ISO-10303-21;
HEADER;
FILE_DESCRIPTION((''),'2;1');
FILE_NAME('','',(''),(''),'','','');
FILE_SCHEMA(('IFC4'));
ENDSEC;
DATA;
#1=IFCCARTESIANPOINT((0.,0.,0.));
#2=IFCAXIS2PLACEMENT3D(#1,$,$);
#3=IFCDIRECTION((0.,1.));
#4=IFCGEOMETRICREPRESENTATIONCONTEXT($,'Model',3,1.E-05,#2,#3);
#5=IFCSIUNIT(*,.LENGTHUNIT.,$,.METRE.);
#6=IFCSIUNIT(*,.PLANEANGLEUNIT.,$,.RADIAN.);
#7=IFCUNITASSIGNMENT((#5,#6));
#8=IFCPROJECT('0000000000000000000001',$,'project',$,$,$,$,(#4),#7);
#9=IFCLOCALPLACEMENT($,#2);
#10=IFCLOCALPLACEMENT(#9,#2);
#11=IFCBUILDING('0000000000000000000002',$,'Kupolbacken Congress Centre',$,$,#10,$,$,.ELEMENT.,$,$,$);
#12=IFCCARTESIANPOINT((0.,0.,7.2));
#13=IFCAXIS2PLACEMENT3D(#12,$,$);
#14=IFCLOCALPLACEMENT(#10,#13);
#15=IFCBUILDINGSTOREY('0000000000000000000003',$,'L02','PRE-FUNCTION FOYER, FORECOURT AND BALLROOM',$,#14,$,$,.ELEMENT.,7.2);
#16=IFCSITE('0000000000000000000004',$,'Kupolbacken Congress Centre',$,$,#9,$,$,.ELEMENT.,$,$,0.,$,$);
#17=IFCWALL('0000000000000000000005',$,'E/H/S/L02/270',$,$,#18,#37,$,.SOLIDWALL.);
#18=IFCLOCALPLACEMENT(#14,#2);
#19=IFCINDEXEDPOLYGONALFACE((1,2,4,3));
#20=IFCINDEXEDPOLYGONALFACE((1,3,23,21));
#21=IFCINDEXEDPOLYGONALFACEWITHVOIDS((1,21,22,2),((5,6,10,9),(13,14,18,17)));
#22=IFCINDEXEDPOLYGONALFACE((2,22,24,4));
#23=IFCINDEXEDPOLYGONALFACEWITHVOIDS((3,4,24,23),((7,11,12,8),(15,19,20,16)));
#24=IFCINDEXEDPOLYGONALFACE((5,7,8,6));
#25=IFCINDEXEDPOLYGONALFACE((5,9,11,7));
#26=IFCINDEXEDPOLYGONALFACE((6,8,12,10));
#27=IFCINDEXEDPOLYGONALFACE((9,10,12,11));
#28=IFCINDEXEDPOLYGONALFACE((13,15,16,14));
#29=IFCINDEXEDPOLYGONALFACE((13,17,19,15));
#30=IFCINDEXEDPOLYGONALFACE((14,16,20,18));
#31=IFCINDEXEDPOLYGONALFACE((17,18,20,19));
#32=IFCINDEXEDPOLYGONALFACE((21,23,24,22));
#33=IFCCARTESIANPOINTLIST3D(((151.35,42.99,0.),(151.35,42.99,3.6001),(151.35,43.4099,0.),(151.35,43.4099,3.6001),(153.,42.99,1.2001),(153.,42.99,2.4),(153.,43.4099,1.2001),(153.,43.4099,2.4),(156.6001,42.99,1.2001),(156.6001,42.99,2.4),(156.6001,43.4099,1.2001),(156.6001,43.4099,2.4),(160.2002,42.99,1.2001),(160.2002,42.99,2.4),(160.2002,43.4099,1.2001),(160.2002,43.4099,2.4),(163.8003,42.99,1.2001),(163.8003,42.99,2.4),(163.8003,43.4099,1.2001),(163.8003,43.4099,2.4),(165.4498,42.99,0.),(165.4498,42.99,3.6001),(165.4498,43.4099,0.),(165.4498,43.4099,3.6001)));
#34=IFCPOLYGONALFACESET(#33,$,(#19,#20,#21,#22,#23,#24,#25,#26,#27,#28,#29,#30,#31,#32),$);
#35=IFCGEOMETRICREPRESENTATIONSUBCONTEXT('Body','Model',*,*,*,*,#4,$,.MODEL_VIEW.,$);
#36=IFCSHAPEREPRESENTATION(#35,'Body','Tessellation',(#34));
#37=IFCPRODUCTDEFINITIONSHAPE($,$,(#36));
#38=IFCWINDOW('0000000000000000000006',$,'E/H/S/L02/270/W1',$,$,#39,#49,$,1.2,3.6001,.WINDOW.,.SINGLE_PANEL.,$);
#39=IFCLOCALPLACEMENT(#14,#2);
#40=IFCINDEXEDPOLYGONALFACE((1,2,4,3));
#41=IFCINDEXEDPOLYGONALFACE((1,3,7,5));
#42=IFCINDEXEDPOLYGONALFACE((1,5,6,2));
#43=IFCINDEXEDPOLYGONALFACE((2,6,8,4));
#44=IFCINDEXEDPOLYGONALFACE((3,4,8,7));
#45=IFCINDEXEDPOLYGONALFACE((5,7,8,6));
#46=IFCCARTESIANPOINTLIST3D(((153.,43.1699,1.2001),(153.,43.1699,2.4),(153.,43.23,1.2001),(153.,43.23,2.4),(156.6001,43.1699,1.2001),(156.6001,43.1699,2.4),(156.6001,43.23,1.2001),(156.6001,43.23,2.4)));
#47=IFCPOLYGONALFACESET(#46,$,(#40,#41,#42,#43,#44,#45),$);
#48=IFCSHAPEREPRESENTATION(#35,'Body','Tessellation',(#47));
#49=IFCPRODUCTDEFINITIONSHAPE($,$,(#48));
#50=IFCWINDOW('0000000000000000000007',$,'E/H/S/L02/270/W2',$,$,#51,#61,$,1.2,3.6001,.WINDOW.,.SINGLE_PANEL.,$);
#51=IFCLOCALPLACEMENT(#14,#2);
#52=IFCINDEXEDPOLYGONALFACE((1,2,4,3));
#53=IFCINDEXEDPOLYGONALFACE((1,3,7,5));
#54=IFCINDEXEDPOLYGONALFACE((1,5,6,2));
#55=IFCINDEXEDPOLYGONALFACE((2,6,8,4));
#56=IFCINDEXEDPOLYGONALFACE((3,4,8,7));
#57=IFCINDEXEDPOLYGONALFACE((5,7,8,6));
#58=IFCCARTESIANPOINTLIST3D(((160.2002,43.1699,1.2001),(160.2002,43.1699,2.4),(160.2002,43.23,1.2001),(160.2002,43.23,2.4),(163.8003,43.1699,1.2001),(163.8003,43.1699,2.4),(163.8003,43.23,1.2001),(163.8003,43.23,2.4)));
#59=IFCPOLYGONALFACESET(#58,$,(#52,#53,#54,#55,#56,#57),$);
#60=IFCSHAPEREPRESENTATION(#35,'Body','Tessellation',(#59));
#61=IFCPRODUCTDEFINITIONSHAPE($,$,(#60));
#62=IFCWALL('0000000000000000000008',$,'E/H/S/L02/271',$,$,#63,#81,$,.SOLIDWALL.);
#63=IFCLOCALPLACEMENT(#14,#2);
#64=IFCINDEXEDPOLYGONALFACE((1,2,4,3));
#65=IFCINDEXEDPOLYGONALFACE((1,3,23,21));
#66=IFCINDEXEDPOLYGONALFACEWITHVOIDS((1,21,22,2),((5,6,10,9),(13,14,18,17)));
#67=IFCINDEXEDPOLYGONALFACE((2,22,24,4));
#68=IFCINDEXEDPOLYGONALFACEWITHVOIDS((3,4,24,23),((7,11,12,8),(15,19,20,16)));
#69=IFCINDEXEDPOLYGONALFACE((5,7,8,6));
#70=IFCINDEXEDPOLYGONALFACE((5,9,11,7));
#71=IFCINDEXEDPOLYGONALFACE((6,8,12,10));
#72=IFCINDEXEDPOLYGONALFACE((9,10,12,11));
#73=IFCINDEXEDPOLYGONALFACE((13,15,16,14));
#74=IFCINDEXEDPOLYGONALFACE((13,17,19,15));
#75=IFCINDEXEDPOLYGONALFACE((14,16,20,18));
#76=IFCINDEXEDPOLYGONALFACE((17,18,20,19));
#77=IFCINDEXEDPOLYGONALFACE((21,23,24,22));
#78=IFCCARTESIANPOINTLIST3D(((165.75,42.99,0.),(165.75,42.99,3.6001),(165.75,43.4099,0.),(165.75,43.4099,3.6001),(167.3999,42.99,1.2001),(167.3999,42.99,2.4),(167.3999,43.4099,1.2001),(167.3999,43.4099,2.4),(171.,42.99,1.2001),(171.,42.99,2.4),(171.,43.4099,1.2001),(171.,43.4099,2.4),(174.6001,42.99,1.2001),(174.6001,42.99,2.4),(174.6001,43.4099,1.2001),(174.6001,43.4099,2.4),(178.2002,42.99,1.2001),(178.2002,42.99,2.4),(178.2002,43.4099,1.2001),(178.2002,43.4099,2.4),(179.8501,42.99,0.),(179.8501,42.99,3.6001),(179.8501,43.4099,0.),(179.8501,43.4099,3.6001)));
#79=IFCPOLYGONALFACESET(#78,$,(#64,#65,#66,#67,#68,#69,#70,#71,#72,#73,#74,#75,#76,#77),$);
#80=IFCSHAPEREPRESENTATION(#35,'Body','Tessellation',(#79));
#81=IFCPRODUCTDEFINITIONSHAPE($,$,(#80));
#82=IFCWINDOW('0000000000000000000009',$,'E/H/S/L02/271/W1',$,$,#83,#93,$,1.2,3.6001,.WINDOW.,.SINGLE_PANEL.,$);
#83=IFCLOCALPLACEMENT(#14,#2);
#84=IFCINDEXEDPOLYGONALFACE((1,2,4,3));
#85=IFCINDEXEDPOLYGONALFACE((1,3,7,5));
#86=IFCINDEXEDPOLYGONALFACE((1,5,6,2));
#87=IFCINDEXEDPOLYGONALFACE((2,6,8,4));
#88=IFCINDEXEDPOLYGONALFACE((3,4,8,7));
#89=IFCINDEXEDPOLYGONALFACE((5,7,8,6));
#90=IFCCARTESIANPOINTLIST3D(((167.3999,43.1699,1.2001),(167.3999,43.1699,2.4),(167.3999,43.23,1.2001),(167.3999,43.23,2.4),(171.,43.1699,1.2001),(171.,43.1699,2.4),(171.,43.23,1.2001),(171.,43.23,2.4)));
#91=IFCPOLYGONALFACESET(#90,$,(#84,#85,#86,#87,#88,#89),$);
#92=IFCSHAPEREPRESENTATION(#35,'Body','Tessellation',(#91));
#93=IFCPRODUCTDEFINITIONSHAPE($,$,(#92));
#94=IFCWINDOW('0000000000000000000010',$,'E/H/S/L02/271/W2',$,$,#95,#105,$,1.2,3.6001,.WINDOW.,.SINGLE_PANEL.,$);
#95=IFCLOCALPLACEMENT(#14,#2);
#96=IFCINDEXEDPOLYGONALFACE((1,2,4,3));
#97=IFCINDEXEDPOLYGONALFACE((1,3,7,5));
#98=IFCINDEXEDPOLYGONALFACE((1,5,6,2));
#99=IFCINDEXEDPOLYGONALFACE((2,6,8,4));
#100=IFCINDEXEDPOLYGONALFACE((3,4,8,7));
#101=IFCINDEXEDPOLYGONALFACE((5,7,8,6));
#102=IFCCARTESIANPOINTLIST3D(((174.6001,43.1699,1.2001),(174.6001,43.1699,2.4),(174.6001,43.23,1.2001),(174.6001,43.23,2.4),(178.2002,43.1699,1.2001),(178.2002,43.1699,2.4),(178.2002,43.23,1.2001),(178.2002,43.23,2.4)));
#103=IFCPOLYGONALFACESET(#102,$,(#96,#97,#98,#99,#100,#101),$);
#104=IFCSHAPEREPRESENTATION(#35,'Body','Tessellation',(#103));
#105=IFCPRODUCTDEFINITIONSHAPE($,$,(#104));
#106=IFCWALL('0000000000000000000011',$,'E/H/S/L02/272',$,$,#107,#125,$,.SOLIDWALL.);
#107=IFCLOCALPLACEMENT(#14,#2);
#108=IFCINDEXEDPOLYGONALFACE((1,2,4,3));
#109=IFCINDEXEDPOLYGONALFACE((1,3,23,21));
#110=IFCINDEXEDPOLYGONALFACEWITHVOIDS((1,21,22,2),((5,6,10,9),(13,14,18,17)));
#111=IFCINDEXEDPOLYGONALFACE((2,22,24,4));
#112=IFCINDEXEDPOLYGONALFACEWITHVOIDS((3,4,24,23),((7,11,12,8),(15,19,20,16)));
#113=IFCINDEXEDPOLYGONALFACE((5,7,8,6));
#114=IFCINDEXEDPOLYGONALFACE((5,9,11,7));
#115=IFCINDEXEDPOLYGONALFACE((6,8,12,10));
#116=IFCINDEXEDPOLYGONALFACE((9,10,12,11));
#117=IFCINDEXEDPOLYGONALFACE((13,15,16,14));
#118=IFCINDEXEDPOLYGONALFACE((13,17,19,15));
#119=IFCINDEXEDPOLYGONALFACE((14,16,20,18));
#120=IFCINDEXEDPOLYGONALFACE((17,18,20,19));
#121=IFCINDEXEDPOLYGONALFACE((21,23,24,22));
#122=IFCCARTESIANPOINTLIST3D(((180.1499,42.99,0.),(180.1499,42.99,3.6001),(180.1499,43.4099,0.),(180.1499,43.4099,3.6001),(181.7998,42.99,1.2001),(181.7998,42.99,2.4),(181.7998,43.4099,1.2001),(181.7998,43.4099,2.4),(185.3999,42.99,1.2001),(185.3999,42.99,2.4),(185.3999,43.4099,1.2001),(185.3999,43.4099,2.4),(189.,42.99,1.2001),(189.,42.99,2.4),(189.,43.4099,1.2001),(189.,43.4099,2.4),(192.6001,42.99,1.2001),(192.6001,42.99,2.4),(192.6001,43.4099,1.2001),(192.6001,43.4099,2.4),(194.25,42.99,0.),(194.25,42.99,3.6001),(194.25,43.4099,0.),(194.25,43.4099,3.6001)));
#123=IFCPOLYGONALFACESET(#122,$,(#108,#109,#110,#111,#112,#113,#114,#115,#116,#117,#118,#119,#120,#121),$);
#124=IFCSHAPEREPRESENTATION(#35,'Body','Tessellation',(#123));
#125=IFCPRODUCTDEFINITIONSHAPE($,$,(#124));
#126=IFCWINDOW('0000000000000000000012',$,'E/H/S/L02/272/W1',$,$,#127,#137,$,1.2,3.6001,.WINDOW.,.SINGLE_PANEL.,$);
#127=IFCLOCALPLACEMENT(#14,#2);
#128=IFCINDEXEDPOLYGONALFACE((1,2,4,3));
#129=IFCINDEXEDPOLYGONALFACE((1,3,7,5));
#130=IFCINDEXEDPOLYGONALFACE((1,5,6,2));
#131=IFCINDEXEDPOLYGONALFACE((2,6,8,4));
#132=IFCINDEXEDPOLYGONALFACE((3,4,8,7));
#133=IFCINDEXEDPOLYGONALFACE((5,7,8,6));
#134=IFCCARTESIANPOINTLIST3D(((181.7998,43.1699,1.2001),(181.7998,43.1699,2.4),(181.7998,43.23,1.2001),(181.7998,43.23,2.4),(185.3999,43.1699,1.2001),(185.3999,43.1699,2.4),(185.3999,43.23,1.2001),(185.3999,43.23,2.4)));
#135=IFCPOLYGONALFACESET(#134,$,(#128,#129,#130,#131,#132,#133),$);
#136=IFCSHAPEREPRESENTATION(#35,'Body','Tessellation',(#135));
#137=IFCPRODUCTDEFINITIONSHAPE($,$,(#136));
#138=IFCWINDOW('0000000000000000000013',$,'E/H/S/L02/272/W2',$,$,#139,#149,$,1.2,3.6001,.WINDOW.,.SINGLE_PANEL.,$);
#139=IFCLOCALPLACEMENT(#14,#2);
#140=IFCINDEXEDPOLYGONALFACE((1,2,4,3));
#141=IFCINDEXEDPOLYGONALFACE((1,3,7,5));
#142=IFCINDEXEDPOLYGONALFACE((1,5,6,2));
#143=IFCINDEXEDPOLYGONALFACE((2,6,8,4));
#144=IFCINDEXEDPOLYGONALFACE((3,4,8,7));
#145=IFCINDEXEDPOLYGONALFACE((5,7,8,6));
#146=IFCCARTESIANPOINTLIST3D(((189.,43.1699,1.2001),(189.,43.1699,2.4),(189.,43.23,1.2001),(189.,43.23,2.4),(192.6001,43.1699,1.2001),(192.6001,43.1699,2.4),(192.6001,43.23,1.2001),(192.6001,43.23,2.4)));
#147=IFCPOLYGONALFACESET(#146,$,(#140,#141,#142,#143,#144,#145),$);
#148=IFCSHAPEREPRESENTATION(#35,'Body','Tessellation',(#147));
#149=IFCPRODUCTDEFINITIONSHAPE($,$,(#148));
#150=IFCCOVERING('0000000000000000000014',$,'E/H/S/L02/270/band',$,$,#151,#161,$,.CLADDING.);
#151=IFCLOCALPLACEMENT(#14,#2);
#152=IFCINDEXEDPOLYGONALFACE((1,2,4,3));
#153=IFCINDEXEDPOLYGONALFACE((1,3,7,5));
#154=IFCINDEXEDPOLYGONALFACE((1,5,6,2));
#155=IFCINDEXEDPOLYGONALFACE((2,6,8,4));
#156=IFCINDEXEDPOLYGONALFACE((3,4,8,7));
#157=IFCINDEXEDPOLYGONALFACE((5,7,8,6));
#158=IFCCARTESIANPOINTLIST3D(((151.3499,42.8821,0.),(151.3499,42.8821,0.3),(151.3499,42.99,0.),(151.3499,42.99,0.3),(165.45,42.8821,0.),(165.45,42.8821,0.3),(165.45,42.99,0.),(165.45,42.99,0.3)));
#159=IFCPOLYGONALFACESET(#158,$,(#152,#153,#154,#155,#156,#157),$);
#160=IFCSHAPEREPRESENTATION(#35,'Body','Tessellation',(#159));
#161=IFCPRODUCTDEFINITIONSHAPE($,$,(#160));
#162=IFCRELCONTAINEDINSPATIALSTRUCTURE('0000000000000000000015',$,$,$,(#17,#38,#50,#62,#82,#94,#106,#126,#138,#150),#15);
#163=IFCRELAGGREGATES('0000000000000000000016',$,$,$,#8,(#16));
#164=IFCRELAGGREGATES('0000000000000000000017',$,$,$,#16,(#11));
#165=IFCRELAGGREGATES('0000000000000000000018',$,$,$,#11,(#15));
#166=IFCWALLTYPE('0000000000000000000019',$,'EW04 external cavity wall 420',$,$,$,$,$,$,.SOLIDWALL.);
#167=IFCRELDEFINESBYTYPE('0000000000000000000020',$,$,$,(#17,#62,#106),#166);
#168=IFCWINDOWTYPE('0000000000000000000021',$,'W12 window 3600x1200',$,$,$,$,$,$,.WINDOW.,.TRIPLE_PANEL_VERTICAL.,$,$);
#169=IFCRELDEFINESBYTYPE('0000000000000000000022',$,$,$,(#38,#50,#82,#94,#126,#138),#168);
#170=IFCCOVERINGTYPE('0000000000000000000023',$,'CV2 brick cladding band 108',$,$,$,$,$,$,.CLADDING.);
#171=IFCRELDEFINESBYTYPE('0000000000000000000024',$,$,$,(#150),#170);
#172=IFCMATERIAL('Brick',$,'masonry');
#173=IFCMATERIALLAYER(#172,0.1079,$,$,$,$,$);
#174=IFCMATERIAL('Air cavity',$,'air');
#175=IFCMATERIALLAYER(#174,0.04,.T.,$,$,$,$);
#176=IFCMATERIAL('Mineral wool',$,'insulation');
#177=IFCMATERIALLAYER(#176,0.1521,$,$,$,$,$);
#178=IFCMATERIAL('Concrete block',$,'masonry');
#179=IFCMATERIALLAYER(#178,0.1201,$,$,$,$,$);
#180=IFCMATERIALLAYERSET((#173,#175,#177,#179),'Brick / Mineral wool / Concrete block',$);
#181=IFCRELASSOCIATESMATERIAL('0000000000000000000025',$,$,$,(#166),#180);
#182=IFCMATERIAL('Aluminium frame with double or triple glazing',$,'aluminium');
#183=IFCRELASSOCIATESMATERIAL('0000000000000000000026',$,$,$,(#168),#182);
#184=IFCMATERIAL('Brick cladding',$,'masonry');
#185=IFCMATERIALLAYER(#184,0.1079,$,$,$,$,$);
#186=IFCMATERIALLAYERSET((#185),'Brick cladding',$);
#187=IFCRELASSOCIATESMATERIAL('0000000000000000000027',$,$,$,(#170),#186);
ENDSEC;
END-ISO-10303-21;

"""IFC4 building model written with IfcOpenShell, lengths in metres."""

from ifc_helpers import new_model, si_unit, direction, frame, frame_2d, origin, origin_2d, place, context, subcontext, project, spatial, rectangle, extrude, material, layer, layer_set, type_object, element, fill, save


model = new_model("IFC4")

# Units and contexts
model_context = context("Model", 3, precision=1e-05, world=origin(), true_north=direction((0.0, 1.0)))
body_context = subcontext(model_context, "Body", "Model", "MODEL_VIEW")
ifc_project = project(units=[si_unit("LENGTHUNIT", "METRE"), si_unit("PLANEANGLEUNIT", "RADIAN")], contexts=[model_context])

# Site, building, storey
site_placement = place(None, origin())
site = spatial("IfcSite", under=ifc_project, at=site_placement, Name="Kupolbacken Congress Centre", CompositionType="ELEMENT", RefElevation=0.0)
building_placement = place(site_placement, origin())
building = spatial("IfcBuilding", under=site, at=building_placement, Name="Kupolbacken Congress Centre", CompositionType="ELEMENT")
storey_placement = place(building_placement, frame((0.0, 0.0, 7.2)))
storey = spatial("IfcBuildingStorey", under=building, at=storey_placement, Name="L02", Description="PRE-FUNCTION FOYER, FORECOURT AND BALLROOM", CompositionType="ELEMENT", Elevation=7.2)

# Walls, openings, windows
ifc_material_1 = material(Name="Brick", Category="masonry")
ifc_layer_1 = layer(ifc_material_1, 0.1079)
ifc_material_2 = material(Name="Air cavity", Category="air")
ifc_layer_2 = layer(ifc_material_2, 0.04, ventilated=True)
ifc_material_3 = material(Name="Mineral wool", Category="insulation")
ifc_layer_3 = layer(ifc_material_3, 0.1521)
ifc_material_4 = material(Name="Concrete block", Category="masonry")
ifc_layer_4 = layer(ifc_material_4, 0.1201)
ifc_layer_set_1 = layer_set([ifc_layer_1, ifc_layer_2, ifc_layer_3, ifc_layer_4], Name="Brick / Mineral wool / Concrete block")
wall_type = type_object("IfcWallType", Name="EW04 external cavity wall 420", PredefinedType="SOLIDWALL", material=ifc_layer_set_1)
wall_1_placement = place(storey_placement, frame((151.3501, 43.2, 0.0), z_axis=(0.0, 0.0, 1.0), x_axis=(1.0, 0.0, 0.0)))
wall_1 = element("IfcWall", 1, at=wall_1_placement, inside=storey, type_object=wall_type, Name="E/H/S/L02/270", PredefinedType="SOLIDWALL", context=body_context, shape_type="SweptSolid", body=[
    extrude(rectangle(XDim=14.0999, YDim=0.4199, at=frame_2d((7.0498, 0.0))), origin(), (0.0, 0.0, 1.0), 3.6001),
])
opening_1_placement = place(wall_1_placement, frame((1.6499, 0.0, 1.2)))
opening_1 = element("IfcOpeningElement", 2, at=opening_1_placement, cuts=wall_1, PredefinedType="OPENING", context=body_context, shape_type="SweptSolid", body=[
    extrude(rectangle(XDim=3.6001, YDim=1.2, at=frame_2d((1.8, 0.6001))), frame((0.0, 0.22, 0.0), z_axis=(0.0, -1.0, 0.0), x_axis=(1.0, 0.0, 0.0)), (0.0, 0.0, 1.0), 0.4399),
])
opening_2_placement = place(wall_1_placement, frame((8.8501, 0.0, 1.2)))
opening_2 = element("IfcOpeningElement", 3, at=opening_2_placement, cuts=wall_1, PredefinedType="OPENING", context=body_context, shape_type="SweptSolid", body=[
    extrude(rectangle(XDim=3.6001, YDim=1.2, at=frame_2d((1.8, 0.6001))), frame((0.0, 0.22, 0.0), z_axis=(0.0, -1.0, 0.0), x_axis=(1.0, 0.0, 0.0)), (0.0, 0.0, 1.0), 0.4399),
])
ifc_material_5 = material(Name="Aluminium frame with double or triple glazing", Category="aluminium")
window_type = type_object("IfcWindowType", Name="W12 window 3600x1200", PartitioningType="TRIPLE_PANEL_VERTICAL", PredefinedType="WINDOW", material=ifc_material_5)
window_1_placement = place(opening_1_placement, origin())
window_1 = element("IfcWindow", 4, at=window_1_placement, inside=storey, type_object=window_type, Name="E/H/S/L02/270/W1", OverallHeight=1.2, OverallWidth=3.6001, PartitioningType="SINGLE_PANEL", PredefinedType="WINDOW", context=body_context, shape_type="SweptSolid", body=[
    extrude(rectangle(XDim=3.6001, YDim=1.2, at=frame_2d((1.8, 0.6001))), frame((0.0, 0.03, 0.0), z_axis=(0.0, -1.0, 0.0), x_axis=(1.0, 0.0, 0.0)), (0.0, 0.0, 1.0), 0.0601),
])
fill(opening_1, window_1)
window_2_placement = place(opening_2_placement, origin())
window_2 = element("IfcWindow", 5, at=window_2_placement, inside=storey, type_object=window_type, Name="E/H/S/L02/270/W2", OverallHeight=1.2, OverallWidth=3.6001, PartitioningType="SINGLE_PANEL", PredefinedType="WINDOW", context=body_context, shape_type="SweptSolid", body=[
    extrude(rectangle(XDim=3.6001, YDim=1.2, at=frame_2d((1.8, 0.6001))), frame((0.0, 0.03, 0.0), z_axis=(0.0, -1.0, 0.0), x_axis=(1.0, 0.0, 0.0)), (0.0, 0.0, 1.0), 0.0601),
])
fill(opening_2, window_2)
wall_2_placement = place(storey_placement, frame((165.75, 43.2, 0.0), z_axis=(0.0, 0.0, 1.0), x_axis=(1.0, 0.0, 0.0)))
wall_2 = element("IfcWall", 6, at=wall_2_placement, inside=storey, type_object=wall_type, Name="E/H/S/L02/271", PredefinedType="SOLIDWALL", context=body_context, shape_type="SweptSolid", body=[
    extrude(rectangle(XDim=14.1001, YDim=0.4199, at=frame_2d((7.05, 0.0))), origin(), (0.0, 0.0, 1.0), 3.6001),
])
opening_3_placement = place(wall_2_placement, frame((1.6499, 0.0, 1.2)))
opening_3 = element("IfcOpeningElement", 7, at=opening_3_placement, cuts=wall_2, PredefinedType="OPENING", context=body_context, shape_type="SweptSolid", body=[
    extrude(rectangle(XDim=3.6001, YDim=1.2, at=frame_2d((1.8, 0.6001))), frame((0.0, 0.22, 0.0), z_axis=(0.0, -1.0, 0.0), x_axis=(1.0, 0.0, 0.0)), (0.0, 0.0, 1.0), 0.4399),
])
opening_4_placement = place(wall_2_placement, frame((8.8501, 0.0, 1.2)))
opening_4 = element("IfcOpeningElement", 8, at=opening_4_placement, cuts=wall_2, PredefinedType="OPENING", context=body_context, shape_type="SweptSolid", body=[
    extrude(rectangle(XDim=3.6001, YDim=1.2, at=frame_2d((1.8, 0.6001))), frame((0.0, 0.22, 0.0), z_axis=(0.0, -1.0, 0.0), x_axis=(1.0, 0.0, 0.0)), (0.0, 0.0, 1.0), 0.4399),
])
window_3_placement = place(opening_3_placement, origin())
window_3 = element("IfcWindow", 9, at=window_3_placement, inside=storey, type_object=window_type, Name="E/H/S/L02/271/W1", OverallHeight=1.2, OverallWidth=3.6001, PartitioningType="SINGLE_PANEL", PredefinedType="WINDOW", context=body_context, shape_type="SweptSolid", body=[
    extrude(rectangle(XDim=3.6001, YDim=1.2, at=frame_2d((1.8, 0.6001))), frame((0.0, 0.03, 0.0), z_axis=(0.0, -1.0, 0.0), x_axis=(1.0, 0.0, 0.0)), (0.0, 0.0, 1.0), 0.0601),
])
fill(opening_3, window_3)
window_4_placement = place(opening_4_placement, origin())
window_4 = element("IfcWindow", 10, at=window_4_placement, inside=storey, type_object=window_type, Name="E/H/S/L02/271/W2", OverallHeight=1.2, OverallWidth=3.6001, PartitioningType="SINGLE_PANEL", PredefinedType="WINDOW", context=body_context, shape_type="SweptSolid", body=[
    extrude(rectangle(XDim=3.6001, YDim=1.2, at=frame_2d((1.8, 0.6001))), frame((0.0, 0.03, 0.0), z_axis=(0.0, -1.0, 0.0), x_axis=(1.0, 0.0, 0.0)), (0.0, 0.0, 1.0), 0.0601),
])
fill(opening_4, window_4)
wall_3_placement = place(storey_placement, frame((180.1499, 43.2, 0.0), z_axis=(0.0, 0.0, 1.0), x_axis=(1.0, 0.0, 0.0)))
wall_3 = element("IfcWall", 11, at=wall_3_placement, inside=storey, type_object=wall_type, Name="E/H/S/L02/272", PredefinedType="SOLIDWALL", context=body_context, shape_type="SweptSolid", body=[
    extrude(rectangle(XDim=14.1001, YDim=0.4199, at=frame_2d((7.05, 0.0))), origin(), (0.0, 0.0, 1.0), 3.6001),
])
opening_5_placement = place(wall_3_placement, frame((1.6499, 0.0, 1.2)))
opening_5 = element("IfcOpeningElement", 12, at=opening_5_placement, cuts=wall_3, PredefinedType="OPENING", context=body_context, shape_type="SweptSolid", body=[
    extrude(rectangle(XDim=3.6001, YDim=1.2, at=frame_2d((1.8, 0.6001))), frame((0.0, 0.22, 0.0), z_axis=(0.0, -1.0, 0.0), x_axis=(1.0, 0.0, 0.0)), (0.0, 0.0, 1.0), 0.4399),
])
opening_6_placement = place(wall_3_placement, frame((8.8501, 0.0, 1.2)))
opening_6 = element("IfcOpeningElement", 13, at=opening_6_placement, cuts=wall_3, PredefinedType="OPENING", context=body_context, shape_type="SweptSolid", body=[
    extrude(rectangle(XDim=3.6001, YDim=1.2, at=frame_2d((1.8, 0.6001))), frame((0.0, 0.22, 0.0), z_axis=(0.0, -1.0, 0.0), x_axis=(1.0, 0.0, 0.0)), (0.0, 0.0, 1.0), 0.4399),
])
window_5_placement = place(opening_5_placement, origin())
window_5 = element("IfcWindow", 14, at=window_5_placement, inside=storey, type_object=window_type, Name="E/H/S/L02/272/W1", OverallHeight=1.2, OverallWidth=3.6001, PartitioningType="SINGLE_PANEL", PredefinedType="WINDOW", context=body_context, shape_type="SweptSolid", body=[
    extrude(rectangle(XDim=3.6001, YDim=1.2, at=frame_2d((1.8, 0.6001))), frame((0.0, 0.03, 0.0), z_axis=(0.0, -1.0, 0.0), x_axis=(1.0, 0.0, 0.0)), (0.0, 0.0, 1.0), 0.0601),
])
fill(opening_5, window_5)
window_6_placement = place(opening_6_placement, origin())
window_6 = element("IfcWindow", 15, at=window_6_placement, inside=storey, type_object=window_type, Name="E/H/S/L02/272/W2", OverallHeight=1.2, OverallWidth=3.6001, PartitioningType="SINGLE_PANEL", PredefinedType="WINDOW", context=body_context, shape_type="SweptSolid", body=[
    extrude(rectangle(XDim=3.6001, YDim=1.2, at=frame_2d((1.8, 0.6001))), frame((0.0, 0.03, 0.0), z_axis=(0.0, -1.0, 0.0), x_axis=(1.0, 0.0, 0.0)), (0.0, 0.0, 1.0), 0.0601),
])
fill(opening_6, window_6)

# Covering
ifc_material_6 = material(Name="Brick cladding", Category="masonry")
ifc_layer_5 = layer(ifc_material_6, 0.1079)
ifc_layer_set_2 = layer_set([ifc_layer_5], Name="Brick cladding")
covering_type_1 = type_object("IfcCoveringType", Name="CV2 brick cladding band 108", PredefinedType="CLADDING", material=ifc_layer_set_2)
for number, where, z_axis, x_axis, name in (
    (16, (158.3999, 42.936, 0.0), (0.0, 0.0, 1.0), (1.0, 0.0, 0.0), "E/H/S/L02/270/band"),
):
    element("IfcCovering", number, at=place(storey_placement, frame(where, z_axis=z_axis, x_axis=x_axis)), inside=storey, type_object=covering_type_1, Name=name, PredefinedType="CLADDING", context=body_context, shape_type="SweptSolid", body=[
        extrude(rectangle(XDim=14.1001, YDim=0.1079, at=origin_2d()), origin(), (0.0, 0.0, 1.0), 0.3),
    ])

save(model, "model.ifc")
